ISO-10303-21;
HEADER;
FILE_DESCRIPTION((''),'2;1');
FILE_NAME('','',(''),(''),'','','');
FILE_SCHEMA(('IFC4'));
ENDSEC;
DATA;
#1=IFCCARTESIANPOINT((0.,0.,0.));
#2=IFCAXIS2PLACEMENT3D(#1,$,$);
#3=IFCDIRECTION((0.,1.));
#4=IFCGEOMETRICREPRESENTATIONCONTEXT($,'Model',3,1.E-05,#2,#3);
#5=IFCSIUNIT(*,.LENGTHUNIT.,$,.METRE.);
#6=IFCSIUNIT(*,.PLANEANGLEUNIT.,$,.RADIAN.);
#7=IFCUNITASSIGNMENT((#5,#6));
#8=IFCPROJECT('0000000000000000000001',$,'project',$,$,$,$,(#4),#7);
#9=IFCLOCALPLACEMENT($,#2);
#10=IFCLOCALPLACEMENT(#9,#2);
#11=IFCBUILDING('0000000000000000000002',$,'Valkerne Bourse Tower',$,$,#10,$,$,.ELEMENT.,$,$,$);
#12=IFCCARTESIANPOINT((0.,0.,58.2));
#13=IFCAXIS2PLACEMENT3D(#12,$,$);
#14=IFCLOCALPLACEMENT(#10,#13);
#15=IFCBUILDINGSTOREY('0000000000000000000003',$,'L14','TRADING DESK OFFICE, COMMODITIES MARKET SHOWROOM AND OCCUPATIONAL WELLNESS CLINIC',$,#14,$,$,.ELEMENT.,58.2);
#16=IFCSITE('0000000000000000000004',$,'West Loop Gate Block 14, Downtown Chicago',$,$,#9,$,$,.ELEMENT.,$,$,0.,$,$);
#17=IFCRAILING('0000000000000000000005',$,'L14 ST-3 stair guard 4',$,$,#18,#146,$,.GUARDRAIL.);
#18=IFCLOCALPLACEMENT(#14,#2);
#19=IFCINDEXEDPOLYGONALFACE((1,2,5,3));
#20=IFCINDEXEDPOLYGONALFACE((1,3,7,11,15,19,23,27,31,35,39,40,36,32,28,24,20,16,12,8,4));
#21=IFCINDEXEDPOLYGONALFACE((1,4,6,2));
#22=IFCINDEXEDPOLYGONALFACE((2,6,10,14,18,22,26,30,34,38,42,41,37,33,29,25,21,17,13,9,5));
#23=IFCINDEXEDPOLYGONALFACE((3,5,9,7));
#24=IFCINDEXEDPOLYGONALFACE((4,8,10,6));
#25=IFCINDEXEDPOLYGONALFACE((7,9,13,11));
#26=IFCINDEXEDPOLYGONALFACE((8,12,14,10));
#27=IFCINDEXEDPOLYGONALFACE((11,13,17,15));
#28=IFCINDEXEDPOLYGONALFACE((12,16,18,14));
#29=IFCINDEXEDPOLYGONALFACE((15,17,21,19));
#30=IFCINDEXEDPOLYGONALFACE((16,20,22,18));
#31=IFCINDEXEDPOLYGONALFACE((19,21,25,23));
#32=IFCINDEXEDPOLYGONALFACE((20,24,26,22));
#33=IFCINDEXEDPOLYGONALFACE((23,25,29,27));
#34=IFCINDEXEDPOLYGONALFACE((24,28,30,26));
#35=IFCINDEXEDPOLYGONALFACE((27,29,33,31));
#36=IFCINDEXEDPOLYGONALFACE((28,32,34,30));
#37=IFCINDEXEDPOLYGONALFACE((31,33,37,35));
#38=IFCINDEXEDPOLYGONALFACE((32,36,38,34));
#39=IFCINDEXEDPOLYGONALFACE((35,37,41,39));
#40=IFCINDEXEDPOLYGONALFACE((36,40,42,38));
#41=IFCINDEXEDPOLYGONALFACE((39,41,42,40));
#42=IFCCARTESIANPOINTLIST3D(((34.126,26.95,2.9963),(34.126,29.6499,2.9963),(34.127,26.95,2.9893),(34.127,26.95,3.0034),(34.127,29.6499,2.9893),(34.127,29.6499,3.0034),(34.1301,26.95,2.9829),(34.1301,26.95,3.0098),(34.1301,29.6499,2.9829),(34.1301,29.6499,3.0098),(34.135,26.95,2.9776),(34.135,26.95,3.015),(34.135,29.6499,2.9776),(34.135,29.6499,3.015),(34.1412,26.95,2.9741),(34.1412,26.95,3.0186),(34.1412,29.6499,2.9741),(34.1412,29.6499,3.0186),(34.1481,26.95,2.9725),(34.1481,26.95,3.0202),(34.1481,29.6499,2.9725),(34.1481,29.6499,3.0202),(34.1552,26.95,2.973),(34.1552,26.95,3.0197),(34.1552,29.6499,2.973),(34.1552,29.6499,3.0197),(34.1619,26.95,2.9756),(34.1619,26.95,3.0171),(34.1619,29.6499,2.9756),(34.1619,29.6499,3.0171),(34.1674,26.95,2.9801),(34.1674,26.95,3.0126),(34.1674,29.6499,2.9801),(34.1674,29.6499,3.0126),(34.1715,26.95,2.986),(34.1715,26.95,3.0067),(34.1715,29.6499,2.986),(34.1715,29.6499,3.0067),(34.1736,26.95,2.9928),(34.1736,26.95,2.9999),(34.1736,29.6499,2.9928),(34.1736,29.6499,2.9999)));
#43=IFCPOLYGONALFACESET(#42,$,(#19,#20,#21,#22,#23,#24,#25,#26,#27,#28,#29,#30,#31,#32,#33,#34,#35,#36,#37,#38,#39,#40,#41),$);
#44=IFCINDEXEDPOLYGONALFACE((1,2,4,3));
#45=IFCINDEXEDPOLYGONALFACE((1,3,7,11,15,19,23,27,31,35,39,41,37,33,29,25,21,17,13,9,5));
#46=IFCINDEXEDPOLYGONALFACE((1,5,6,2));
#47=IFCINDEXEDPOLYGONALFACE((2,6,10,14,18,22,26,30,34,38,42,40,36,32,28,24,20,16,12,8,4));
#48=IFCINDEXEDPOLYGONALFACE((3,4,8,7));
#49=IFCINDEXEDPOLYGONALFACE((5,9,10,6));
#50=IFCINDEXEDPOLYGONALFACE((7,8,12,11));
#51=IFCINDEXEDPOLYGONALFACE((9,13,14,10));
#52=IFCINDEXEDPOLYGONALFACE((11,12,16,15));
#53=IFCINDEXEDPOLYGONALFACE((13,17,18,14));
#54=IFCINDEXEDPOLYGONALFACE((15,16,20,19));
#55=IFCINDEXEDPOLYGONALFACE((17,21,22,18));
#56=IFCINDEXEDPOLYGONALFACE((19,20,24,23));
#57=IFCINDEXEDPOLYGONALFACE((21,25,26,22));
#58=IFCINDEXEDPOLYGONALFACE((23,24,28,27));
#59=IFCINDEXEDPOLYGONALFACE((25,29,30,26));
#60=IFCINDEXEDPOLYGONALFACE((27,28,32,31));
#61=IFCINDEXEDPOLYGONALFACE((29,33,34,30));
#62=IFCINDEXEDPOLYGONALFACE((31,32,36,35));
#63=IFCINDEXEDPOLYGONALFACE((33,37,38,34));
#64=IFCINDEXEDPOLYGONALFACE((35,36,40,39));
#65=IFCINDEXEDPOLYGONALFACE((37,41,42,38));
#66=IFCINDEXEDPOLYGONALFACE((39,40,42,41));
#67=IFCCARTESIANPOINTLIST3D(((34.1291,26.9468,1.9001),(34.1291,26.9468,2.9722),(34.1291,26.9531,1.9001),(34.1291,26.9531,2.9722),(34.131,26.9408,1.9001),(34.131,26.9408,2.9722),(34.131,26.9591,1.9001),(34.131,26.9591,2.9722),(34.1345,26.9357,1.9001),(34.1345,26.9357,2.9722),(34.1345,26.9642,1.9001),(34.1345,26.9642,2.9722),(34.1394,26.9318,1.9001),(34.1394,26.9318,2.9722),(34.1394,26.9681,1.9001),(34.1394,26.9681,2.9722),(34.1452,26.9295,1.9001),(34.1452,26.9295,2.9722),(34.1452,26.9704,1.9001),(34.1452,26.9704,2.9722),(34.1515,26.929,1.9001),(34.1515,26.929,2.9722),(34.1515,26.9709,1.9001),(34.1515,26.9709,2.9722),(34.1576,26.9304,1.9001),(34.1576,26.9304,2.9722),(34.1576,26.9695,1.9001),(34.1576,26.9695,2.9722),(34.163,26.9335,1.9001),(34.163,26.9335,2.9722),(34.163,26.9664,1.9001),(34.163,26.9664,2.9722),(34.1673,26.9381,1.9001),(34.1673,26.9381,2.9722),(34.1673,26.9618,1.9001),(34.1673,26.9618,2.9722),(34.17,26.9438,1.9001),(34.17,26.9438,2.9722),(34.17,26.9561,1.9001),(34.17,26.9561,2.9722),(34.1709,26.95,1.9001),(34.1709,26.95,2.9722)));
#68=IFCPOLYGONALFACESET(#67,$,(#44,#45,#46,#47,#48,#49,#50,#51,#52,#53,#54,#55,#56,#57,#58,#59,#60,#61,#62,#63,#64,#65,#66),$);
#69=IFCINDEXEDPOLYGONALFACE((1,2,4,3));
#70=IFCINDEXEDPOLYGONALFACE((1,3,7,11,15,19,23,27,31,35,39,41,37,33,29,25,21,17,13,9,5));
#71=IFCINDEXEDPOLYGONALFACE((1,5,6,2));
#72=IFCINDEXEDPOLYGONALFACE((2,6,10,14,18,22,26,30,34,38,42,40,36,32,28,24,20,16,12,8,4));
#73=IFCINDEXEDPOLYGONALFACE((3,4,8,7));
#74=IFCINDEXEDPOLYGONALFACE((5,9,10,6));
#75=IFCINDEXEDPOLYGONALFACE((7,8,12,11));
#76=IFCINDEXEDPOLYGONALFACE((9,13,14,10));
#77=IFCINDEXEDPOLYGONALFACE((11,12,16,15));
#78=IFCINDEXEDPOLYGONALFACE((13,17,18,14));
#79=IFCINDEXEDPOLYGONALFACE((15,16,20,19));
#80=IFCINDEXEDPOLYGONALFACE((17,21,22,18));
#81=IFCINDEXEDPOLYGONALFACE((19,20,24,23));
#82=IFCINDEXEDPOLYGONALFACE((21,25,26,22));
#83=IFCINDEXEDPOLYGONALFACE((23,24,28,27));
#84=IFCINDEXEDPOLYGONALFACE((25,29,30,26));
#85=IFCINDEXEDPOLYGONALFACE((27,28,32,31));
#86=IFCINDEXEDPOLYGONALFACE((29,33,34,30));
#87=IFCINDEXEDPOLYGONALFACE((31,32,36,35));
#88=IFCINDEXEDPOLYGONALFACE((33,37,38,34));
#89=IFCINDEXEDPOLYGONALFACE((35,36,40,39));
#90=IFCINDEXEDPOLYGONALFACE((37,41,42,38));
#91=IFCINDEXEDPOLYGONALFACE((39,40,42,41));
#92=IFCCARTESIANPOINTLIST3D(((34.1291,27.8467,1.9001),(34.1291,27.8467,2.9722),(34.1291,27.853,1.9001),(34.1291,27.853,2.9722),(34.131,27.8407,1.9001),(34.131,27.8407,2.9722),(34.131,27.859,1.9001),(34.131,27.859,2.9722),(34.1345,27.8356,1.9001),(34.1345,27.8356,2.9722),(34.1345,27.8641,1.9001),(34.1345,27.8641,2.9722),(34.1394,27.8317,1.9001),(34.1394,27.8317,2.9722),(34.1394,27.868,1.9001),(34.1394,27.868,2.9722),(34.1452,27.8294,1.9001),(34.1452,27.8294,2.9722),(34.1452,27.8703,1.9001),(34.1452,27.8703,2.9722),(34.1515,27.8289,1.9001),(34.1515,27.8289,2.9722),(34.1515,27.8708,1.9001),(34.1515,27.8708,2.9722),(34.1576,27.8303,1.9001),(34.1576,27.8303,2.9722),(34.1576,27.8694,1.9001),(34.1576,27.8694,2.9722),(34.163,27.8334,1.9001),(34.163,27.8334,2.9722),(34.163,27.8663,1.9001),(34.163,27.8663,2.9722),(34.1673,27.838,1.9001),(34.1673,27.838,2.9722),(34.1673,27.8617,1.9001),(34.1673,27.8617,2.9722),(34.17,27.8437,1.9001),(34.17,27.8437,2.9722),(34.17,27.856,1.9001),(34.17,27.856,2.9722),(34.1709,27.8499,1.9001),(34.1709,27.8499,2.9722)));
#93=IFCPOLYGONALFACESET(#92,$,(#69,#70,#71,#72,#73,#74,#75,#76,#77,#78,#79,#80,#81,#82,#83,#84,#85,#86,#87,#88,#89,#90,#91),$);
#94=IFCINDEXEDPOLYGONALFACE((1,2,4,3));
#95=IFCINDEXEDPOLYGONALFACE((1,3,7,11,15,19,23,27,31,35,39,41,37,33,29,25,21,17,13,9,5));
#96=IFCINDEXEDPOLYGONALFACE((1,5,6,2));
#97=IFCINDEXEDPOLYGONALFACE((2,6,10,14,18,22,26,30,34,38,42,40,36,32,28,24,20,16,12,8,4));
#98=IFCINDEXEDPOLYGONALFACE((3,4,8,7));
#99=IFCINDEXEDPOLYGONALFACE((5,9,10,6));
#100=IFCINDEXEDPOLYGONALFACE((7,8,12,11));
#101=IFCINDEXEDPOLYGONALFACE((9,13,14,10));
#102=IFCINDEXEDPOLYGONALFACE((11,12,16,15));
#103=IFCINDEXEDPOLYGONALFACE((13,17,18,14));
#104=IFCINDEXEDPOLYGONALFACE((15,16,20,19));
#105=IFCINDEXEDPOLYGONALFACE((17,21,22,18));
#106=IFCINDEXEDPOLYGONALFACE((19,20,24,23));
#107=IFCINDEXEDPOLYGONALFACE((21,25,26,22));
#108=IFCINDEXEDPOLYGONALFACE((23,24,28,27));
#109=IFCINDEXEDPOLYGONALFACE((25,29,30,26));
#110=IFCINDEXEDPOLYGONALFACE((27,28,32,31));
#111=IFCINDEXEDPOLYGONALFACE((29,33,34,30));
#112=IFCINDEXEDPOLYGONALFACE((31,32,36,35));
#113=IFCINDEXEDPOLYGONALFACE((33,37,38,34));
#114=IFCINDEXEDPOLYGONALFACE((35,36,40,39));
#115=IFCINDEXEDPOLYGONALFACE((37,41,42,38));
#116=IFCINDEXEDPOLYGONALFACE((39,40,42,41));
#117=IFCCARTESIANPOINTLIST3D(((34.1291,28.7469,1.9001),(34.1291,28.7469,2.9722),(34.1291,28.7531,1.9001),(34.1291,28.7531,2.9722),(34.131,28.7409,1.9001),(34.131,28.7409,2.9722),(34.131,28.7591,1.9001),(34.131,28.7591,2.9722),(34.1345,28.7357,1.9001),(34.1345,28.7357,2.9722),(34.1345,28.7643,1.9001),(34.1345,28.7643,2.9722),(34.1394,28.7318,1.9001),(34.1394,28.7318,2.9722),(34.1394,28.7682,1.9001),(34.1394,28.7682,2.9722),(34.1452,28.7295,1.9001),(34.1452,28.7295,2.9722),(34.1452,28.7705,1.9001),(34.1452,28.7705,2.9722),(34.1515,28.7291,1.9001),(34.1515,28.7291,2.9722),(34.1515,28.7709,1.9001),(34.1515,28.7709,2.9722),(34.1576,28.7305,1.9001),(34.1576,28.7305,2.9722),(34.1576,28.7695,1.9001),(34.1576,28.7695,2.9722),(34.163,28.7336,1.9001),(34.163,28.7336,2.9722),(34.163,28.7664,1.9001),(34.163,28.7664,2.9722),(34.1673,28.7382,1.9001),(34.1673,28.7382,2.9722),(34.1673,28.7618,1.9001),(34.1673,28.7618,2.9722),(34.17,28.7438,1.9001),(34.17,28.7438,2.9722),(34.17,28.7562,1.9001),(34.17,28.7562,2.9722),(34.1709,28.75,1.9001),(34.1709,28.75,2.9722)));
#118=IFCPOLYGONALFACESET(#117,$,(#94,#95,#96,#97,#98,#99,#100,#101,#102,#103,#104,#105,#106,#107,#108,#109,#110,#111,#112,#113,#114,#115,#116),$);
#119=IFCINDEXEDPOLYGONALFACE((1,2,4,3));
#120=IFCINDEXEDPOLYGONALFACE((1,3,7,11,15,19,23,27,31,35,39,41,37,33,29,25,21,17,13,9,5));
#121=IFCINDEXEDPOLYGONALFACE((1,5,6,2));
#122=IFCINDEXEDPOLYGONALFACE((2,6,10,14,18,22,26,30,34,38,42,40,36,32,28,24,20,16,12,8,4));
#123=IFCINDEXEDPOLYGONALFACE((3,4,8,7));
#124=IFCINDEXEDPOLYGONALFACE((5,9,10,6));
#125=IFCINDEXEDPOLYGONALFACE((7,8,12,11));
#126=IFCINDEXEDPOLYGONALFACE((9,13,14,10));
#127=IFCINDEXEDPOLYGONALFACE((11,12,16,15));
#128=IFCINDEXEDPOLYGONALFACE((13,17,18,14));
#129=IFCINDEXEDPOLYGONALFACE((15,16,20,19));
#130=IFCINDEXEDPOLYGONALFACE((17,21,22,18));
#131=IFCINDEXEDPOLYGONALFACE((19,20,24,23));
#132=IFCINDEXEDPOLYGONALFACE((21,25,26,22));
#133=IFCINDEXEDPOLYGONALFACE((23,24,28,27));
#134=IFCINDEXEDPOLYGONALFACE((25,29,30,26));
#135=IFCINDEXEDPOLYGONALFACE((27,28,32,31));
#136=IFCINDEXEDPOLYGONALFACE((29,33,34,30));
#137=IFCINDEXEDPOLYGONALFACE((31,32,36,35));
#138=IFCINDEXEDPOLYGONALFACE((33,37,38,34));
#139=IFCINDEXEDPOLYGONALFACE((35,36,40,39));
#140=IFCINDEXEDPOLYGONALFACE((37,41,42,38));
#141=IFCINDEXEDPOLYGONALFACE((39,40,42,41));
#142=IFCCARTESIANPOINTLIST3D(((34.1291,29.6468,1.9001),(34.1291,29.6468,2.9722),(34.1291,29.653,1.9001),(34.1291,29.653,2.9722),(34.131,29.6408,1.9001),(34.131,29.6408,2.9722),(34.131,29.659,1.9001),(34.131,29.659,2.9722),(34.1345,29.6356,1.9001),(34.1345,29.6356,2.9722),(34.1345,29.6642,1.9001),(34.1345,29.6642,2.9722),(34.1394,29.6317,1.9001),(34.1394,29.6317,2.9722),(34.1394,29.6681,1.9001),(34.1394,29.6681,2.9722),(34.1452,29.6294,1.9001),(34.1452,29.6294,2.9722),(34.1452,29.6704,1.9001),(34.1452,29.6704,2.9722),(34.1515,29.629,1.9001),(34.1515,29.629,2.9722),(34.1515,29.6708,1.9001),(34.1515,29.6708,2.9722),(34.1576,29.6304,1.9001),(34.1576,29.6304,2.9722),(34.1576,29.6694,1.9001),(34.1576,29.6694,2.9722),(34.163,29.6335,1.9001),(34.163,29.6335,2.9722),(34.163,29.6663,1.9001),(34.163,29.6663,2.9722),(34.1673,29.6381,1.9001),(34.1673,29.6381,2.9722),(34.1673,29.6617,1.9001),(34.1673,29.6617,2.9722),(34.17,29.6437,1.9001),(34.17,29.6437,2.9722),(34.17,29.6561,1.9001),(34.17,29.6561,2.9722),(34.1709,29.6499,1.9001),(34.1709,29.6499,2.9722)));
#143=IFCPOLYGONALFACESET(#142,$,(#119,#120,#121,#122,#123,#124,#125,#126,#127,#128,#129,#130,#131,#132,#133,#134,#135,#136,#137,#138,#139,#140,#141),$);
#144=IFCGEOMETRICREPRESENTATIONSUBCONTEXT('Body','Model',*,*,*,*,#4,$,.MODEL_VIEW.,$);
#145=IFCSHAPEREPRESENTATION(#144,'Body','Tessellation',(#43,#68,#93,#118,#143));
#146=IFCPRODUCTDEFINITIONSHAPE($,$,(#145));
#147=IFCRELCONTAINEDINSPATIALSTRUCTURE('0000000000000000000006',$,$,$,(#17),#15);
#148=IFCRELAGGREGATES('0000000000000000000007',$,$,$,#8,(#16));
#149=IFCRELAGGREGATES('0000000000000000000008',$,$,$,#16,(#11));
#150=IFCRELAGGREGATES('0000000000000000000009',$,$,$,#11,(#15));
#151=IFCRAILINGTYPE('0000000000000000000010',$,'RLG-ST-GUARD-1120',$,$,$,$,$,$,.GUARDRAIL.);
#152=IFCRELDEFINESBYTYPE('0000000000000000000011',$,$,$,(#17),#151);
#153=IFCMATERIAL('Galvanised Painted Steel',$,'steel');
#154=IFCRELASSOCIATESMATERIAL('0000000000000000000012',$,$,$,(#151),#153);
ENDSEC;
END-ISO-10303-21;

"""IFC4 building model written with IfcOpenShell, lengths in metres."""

from ifc_helpers import new_model, si_unit, direction, frame, origin, origin_2d, place, context, subcontext, project, spatial, circle, extrude, material, type_object, element, save


model = new_model("IFC4")

# Units and contexts
model_context = context("Model", 3, precision=1e-05, world=origin(), true_north=direction((0.0, 1.0)))
body_context = subcontext(model_context, "Body", "Model", "MODEL_VIEW")
ifc_project = project(units=[si_unit("LENGTHUNIT", "METRE"), si_unit("PLANEANGLEUNIT", "RADIAN")], contexts=[model_context])

# Site, building, storey
site_placement = place(None, origin())
site = spatial("IfcSite", under=ifc_project, at=site_placement, Name="West Loop Gate Block 14, Downtown Chicago", CompositionType="ELEMENT", RefElevation=0.0)
building_placement = place(site_placement, origin())
building = spatial("IfcBuilding", under=site, at=building_placement, Name="Valkerne Bourse Tower", CompositionType="ELEMENT")
storey_placement = place(building_placement, frame((0.0, 0.0, 58.2)))
storey = spatial("IfcBuildingStorey", under=building, at=storey_placement, Name="L14", Description="TRADING DESK OFFICE, COMMODITIES MARKET SHOWROOM AND OCCUPATIONAL WELLNESS CLINIC", CompositionType="ELEMENT", Elevation=58.2)

# Railing
ifc_material_1 = material(Name="Galvanised Painted Steel", Category="steel")
railing_type_1 = type_object("IfcRailingType", Name="RLG-ST-GUARD-1120", PredefinedType="GUARDRAIL", material=ifc_material_1)
for number, where, name in (
    (1, (34.1499, 26.95, 1.9001), "L14 ST-3 stair guard 4"),
):
    element("IfcRailing", number, at=place(storey_placement, frame(where)), inside=storey, type_object=railing_type_1, Name=name, PredefinedType="GUARDRAIL", context=body_context, shape_type="SweptSolid", body=[
        extrude(circle(Radius=0.0239, at=origin_2d()), frame((0.0, 0.0, 1.0962), z_axis=(0.0, 1.0, 0.0), x_axis=(-1.0, 0.0, 0.0)), (0.0, 0.0, 1.0), 2.7),
        extrude(circle(Radius=0.021, at=origin_2d()), origin(), (0.0, 0.0, 1.0), 1.072),
        extrude(circle(Radius=0.021, at=origin_2d()), frame((0.0, 0.8999, 0.0)), (0.0, 0.0, 1.0), 1.072),
        extrude(circle(Radius=0.021, at=origin_2d()), frame((0.0, 1.8, 0.0)), (0.0, 0.0, 1.0), 1.072),
        extrude(circle(Radius=0.021, at=origin_2d()), frame((0.0, 2.7, 0.0)), (0.0, 0.0, 1.0), 1.072),
    ])

save(model, "model.ifc")
